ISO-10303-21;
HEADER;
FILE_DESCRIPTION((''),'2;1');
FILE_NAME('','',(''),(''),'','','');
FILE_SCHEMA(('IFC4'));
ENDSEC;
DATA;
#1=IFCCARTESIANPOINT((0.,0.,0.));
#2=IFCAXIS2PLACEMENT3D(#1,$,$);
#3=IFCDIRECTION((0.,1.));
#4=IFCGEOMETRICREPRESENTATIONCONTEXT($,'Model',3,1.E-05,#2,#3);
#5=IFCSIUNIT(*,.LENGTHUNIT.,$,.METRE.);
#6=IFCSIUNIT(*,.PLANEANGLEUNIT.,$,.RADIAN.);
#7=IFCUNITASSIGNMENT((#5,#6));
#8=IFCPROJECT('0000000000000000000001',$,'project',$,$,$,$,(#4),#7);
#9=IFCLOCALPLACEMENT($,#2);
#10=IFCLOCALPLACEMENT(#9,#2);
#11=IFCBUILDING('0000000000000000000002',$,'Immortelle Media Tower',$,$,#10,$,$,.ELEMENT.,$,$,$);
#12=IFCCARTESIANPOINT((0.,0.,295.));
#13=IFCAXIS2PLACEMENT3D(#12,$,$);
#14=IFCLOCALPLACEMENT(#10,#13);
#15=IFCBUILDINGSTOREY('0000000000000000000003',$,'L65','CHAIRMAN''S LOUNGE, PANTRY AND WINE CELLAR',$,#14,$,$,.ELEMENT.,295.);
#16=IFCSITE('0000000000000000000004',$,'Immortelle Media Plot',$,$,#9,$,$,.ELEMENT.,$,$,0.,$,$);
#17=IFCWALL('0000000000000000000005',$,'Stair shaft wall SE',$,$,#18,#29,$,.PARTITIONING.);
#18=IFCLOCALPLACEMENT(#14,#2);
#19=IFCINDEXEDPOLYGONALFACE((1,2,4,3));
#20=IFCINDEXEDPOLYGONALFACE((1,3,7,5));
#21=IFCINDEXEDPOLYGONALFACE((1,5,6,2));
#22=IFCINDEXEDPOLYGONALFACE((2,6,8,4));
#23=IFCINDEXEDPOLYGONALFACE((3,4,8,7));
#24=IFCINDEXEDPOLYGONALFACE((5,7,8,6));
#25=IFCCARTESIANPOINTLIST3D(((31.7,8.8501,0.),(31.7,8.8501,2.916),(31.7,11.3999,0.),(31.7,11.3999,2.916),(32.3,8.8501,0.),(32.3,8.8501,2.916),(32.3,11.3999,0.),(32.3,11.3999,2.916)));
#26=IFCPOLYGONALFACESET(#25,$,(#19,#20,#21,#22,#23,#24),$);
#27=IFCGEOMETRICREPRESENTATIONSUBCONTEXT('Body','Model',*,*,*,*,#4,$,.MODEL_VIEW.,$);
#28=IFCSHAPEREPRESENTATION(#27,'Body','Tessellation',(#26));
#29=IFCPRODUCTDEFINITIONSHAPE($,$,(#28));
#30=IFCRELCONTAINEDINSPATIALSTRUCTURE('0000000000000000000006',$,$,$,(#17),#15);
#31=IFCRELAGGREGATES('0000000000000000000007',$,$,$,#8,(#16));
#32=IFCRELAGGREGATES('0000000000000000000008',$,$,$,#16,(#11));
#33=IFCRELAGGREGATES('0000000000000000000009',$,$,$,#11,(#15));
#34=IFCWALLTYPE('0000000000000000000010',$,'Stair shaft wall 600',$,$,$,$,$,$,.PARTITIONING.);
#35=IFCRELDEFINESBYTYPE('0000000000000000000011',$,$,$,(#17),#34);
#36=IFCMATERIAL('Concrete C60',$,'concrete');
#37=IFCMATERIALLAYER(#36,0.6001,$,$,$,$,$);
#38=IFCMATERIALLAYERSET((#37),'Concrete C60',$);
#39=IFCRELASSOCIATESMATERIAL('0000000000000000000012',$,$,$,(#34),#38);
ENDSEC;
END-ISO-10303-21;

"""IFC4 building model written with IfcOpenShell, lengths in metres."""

from ifc_helpers import new_model, si_unit, direction, frame, frame_2d, origin, place, context, subcontext, project, spatial, rectangle, extrude, material, layer, layer_set, type_object, element, save


model = new_model("IFC4")

# Units and contexts
model_context = context("Model", 3, precision=1e-05, world=origin(), true_north=direction((0.0, 1.0)))
body_context = subcontext(model_context, "Body", "Model", "MODEL_VIEW")
ifc_project = project(units=[si_unit("LENGTHUNIT", "METRE"), si_unit("PLANEANGLEUNIT", "RADIAN")], contexts=[model_context])

# Site, building, storey
site_placement = place(None, origin())
site = spatial("IfcSite", under=ifc_project, at=site_placement, Name="Immortelle Media Plot", CompositionType="ELEMENT", RefElevation=0.0)
building_placement = place(site_placement, origin())
building = spatial("IfcBuilding", under=site, at=building_placement, Name="Immortelle Media Tower", CompositionType="ELEMENT")
storey_placement = place(building_placement, frame((0.0, 0.0, 295.0)))
storey = spatial("IfcBuildingStorey", under=building, at=storey_placement, Name="L65", Description="CHAIRMAN'S LOUNGE, PANTRY AND WINE CELLAR", CompositionType="ELEMENT", Elevation=295.0)

# Shared definitions
ifc_material_1 = material(Name="Concrete C60", Category="concrete")

# Wall
ifc_layer_1 = layer(ifc_material_1, 0.6001)
ifc_layer_set_1 = layer_set([ifc_layer_1], Name="Concrete C60")
wall_type_1 = type_object("IfcWallType", Name="Stair shaft wall 600", PredefinedType="PARTITIONING", material=ifc_layer_set_1)
wall_1_placement = place(storey_placement, frame((32.0, 8.8501, 0.0), z_axis=(0.0, 0.0, 1.0), x_axis=(0.0, 1.0, 0.0)))
element("IfcWall", 1, at=wall_1_placement, inside=storey, type_object=wall_type_1, Name="Stair shaft wall SE", PredefinedType="PARTITIONING", context=body_context, shape_type="SweptSolid", body=[
    extrude(rectangle(XDim=2.5498, YDim=0.6001, at=frame_2d((1.2749, 0.0))), origin(), (0.0, 0.0, 1.0), 2.916),
])

save(model, "model.ifc")
